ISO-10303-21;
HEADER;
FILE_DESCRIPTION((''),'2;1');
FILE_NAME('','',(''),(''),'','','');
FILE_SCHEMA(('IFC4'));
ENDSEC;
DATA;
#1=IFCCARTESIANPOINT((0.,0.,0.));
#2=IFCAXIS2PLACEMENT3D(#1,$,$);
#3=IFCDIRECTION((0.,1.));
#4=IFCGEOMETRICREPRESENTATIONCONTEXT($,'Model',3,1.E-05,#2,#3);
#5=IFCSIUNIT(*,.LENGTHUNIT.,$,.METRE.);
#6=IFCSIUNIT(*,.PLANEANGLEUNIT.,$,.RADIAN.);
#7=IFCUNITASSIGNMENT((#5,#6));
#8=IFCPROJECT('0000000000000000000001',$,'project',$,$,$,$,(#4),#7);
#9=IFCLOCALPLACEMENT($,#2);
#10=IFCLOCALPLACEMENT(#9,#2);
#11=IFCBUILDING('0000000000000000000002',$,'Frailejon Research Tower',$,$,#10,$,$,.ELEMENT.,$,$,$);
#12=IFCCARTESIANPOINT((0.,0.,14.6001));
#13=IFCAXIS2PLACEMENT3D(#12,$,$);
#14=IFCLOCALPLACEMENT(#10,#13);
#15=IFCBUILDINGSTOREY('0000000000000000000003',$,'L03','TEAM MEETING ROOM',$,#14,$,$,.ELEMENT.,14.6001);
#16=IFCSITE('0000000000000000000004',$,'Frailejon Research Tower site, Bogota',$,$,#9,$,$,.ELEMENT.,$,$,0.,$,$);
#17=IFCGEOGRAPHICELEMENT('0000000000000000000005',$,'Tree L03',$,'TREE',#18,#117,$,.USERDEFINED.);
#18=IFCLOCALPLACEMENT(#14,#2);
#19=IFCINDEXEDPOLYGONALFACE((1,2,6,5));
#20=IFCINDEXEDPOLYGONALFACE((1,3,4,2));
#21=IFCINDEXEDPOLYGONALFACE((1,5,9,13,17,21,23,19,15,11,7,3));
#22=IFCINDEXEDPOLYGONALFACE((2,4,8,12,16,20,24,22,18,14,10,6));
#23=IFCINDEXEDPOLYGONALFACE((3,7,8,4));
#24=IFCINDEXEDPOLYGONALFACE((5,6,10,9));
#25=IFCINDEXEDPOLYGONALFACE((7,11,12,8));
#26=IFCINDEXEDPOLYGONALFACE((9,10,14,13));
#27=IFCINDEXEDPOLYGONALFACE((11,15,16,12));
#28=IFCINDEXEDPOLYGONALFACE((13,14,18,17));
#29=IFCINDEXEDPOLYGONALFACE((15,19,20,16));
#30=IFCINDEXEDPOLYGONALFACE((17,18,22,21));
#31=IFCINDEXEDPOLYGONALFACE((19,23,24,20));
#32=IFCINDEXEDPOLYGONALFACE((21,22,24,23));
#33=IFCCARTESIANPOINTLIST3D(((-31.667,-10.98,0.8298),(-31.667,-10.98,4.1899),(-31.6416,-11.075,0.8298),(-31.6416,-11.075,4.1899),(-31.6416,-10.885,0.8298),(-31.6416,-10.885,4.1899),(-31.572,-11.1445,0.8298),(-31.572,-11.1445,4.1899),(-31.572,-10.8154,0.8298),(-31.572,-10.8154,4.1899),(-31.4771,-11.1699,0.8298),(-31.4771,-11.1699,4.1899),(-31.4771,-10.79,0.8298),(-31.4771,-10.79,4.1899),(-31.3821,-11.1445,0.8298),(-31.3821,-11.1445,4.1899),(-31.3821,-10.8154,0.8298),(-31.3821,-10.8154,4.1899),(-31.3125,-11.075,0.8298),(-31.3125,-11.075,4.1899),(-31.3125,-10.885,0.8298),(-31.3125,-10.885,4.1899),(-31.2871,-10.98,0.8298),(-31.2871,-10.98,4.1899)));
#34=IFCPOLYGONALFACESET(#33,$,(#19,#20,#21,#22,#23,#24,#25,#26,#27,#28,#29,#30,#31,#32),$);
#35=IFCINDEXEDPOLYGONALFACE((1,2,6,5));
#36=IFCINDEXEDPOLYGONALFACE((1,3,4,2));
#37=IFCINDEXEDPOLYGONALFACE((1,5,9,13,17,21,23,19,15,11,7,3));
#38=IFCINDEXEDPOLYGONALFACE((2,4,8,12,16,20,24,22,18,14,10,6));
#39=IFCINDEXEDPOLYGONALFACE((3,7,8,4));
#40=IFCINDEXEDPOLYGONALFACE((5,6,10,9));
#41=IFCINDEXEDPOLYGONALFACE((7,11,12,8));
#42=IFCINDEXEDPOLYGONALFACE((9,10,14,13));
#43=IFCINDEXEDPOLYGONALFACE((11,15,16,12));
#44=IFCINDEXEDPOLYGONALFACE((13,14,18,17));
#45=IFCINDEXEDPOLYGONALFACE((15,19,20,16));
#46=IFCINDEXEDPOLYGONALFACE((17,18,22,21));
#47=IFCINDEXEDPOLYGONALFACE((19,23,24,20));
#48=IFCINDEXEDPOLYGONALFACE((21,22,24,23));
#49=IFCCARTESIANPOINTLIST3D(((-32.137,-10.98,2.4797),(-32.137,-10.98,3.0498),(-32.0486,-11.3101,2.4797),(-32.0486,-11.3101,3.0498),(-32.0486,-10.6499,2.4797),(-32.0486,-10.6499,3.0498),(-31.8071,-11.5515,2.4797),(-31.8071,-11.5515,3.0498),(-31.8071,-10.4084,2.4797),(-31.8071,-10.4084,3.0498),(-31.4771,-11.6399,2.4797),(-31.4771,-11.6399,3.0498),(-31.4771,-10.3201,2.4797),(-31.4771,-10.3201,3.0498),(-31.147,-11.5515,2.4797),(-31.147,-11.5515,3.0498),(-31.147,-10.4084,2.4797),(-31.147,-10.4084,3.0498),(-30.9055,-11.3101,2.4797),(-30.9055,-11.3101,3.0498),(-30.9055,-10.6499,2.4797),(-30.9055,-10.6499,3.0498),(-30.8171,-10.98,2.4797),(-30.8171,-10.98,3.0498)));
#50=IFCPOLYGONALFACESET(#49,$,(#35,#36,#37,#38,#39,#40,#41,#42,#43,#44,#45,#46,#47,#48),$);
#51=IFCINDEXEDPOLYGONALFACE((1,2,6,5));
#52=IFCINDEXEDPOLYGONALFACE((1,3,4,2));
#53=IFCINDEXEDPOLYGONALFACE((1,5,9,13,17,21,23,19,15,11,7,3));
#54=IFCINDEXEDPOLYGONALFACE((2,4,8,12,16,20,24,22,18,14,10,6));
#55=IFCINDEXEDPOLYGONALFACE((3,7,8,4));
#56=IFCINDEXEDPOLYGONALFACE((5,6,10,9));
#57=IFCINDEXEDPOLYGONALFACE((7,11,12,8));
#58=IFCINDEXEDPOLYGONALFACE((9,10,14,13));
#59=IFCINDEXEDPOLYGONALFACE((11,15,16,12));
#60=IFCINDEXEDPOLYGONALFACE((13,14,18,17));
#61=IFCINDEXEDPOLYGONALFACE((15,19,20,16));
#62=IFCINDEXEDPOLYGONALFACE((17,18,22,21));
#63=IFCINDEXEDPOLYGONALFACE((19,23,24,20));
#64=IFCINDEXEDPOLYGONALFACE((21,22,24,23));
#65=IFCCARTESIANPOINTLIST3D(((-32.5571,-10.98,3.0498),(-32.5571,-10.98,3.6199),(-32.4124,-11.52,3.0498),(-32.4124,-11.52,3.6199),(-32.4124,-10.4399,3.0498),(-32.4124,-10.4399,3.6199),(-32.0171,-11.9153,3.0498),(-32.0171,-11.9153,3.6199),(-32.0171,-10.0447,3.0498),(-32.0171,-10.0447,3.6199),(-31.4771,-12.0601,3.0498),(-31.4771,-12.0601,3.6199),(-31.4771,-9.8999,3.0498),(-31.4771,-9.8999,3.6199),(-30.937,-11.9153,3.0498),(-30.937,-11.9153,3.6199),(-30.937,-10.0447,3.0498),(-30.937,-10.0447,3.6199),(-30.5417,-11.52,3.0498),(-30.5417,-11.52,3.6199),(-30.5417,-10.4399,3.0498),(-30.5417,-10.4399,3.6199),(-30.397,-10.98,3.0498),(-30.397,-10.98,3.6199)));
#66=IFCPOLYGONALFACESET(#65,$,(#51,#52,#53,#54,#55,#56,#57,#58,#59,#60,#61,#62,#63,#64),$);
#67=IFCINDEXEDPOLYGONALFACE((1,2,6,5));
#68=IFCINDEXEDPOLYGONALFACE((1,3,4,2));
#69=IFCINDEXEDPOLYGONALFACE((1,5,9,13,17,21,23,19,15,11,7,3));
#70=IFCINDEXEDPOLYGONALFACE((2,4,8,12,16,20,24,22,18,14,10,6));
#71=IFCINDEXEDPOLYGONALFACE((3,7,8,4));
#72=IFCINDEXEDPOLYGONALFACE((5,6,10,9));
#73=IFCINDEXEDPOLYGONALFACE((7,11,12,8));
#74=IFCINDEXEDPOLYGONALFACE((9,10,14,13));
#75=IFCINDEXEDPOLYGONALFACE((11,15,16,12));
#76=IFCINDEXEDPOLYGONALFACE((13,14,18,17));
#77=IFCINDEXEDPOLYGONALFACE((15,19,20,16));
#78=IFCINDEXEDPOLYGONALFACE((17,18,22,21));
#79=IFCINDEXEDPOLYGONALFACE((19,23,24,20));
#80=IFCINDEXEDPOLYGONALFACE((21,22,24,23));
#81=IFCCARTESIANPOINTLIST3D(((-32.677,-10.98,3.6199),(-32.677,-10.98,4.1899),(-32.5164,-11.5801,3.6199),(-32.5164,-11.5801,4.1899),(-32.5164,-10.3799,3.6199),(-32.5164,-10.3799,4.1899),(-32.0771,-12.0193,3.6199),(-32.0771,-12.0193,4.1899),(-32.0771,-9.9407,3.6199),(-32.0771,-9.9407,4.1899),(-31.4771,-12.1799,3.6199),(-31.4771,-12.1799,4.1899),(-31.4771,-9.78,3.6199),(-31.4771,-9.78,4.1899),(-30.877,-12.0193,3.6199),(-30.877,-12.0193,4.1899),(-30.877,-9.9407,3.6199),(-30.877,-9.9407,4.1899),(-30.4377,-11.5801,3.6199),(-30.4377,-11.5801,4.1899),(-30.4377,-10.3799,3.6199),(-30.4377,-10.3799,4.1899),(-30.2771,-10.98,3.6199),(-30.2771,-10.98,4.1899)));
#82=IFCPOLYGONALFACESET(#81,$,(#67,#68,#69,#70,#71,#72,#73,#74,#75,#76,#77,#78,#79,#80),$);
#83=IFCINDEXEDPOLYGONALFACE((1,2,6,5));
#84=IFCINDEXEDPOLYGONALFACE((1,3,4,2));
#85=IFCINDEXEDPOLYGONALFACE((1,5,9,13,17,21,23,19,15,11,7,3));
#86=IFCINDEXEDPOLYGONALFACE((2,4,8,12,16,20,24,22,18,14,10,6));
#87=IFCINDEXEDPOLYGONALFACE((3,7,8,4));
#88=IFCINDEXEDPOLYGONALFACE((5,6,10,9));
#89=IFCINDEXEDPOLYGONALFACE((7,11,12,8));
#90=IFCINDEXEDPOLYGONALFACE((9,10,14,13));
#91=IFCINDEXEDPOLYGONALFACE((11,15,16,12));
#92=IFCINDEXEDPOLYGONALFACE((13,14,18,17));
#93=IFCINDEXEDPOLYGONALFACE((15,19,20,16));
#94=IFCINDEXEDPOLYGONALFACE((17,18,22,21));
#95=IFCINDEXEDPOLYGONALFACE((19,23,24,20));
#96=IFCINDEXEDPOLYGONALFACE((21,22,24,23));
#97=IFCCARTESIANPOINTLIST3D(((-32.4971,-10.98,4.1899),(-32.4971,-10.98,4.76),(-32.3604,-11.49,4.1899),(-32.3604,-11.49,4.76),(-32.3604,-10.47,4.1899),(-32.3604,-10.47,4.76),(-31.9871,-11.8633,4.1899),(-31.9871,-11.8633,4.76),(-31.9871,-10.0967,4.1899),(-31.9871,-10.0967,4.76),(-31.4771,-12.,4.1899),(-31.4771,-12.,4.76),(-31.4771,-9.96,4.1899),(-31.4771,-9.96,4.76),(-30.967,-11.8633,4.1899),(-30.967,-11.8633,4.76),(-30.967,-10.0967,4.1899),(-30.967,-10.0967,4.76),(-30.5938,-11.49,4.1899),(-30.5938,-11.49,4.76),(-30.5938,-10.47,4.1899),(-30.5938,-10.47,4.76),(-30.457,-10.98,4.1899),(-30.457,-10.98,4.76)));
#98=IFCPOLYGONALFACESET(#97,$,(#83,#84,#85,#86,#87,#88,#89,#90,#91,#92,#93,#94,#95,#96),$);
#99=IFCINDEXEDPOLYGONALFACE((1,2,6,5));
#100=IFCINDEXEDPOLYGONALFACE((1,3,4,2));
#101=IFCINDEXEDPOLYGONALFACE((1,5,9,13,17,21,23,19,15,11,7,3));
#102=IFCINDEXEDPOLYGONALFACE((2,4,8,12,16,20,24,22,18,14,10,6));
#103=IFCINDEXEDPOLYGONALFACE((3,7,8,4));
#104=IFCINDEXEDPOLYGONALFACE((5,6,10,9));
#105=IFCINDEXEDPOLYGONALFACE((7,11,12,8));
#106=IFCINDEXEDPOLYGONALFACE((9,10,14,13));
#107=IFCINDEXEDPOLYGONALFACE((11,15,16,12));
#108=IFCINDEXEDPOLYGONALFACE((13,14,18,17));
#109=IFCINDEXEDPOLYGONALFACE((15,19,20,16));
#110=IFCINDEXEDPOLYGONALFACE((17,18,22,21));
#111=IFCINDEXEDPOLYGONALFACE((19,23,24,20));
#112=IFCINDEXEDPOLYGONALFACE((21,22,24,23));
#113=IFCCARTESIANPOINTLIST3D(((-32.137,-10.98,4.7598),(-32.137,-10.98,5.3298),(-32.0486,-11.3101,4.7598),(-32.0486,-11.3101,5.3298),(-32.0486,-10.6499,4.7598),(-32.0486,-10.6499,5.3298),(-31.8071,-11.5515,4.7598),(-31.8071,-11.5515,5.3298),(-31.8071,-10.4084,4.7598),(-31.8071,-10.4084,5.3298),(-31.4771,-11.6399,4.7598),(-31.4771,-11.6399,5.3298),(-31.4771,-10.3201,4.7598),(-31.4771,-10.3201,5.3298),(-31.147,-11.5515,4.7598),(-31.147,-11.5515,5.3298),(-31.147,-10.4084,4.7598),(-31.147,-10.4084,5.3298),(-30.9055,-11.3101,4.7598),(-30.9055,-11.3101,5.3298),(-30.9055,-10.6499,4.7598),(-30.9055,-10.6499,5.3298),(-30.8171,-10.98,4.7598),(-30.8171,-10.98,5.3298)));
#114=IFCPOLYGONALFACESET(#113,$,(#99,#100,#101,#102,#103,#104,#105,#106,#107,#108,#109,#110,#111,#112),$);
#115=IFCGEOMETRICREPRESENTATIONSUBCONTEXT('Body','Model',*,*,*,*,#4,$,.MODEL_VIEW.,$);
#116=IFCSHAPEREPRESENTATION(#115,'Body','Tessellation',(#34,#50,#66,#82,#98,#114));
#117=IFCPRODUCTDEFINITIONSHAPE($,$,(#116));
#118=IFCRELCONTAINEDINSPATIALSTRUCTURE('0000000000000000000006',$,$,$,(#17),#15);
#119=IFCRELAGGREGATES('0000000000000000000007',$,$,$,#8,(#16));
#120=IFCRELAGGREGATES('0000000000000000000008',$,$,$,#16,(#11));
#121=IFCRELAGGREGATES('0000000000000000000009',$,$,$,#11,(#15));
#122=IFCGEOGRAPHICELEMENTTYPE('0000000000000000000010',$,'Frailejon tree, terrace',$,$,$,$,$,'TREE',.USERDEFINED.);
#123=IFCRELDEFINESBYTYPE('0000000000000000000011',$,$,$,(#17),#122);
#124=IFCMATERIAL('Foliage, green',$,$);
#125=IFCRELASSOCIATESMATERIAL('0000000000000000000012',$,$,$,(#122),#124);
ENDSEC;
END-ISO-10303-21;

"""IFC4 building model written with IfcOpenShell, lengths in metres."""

from ifc_helpers import new_model, si_unit, direction, frame, origin, place, context, subcontext, project, spatial, polyline, outline, extrude, material, type_object, element, save


model = new_model("IFC4")

# Units and contexts
model_context = context("Model", 3, precision=1e-05, world=origin(), true_north=direction((0.0, 1.0)))
body_context = subcontext(model_context, "Body", "Model", "MODEL_VIEW")
ifc_project = project(units=[si_unit("LENGTHUNIT", "METRE"), si_unit("PLANEANGLEUNIT", "RADIAN")], contexts=[model_context])

# Site, building, storey
site_placement = place(None, origin())
site = spatial("IfcSite", under=ifc_project, at=site_placement, Name="Frailejon Research Tower site, Bogota", CompositionType="ELEMENT", RefElevation=0.0)
building_placement = place(site_placement, origin())
building = spatial("IfcBuilding", under=site, at=building_placement, Name="Frailejon Research Tower", CompositionType="ELEMENT")
storey_placement = place(building_placement, frame((0.0, 0.0, 14.6001)))
storey = spatial("IfcBuildingStorey", under=building, at=storey_placement, Name="L03", Description="TEAM MEETING ROOM", CompositionType="ELEMENT", Elevation=14.6001)

# Geographic element
ifc_material_1 = material(Name="Foliage, green")
geographic_element_type = type_object("IfcGeographicElementType", Name="Frailejon tree, terrace", ElementType="TREE", PredefinedType="USERDEFINED", material=ifc_material_1)
geographic_element_1_placement = place(storey_placement, frame((-31.4771, -10.98, 0.8298)))
element("IfcGeographicElement", 1, at=geographic_element_1_placement, inside=storey, type_object=geographic_element_type, Name="Tree L03", ObjectType="TREE", PredefinedType="USERDEFINED", context=body_context, shape_type="SweptSolid", body=[
    extrude(outline(polyline([(0.1899, 0.0), (0.1646, 0.095), (0.095, 0.1646), (0.0, 0.1899), (-0.095, 0.1646), (-0.1646, 0.095), (-0.1899, 0.0), (-0.1646, -0.095), (-0.095, -0.1646), (0.0, -0.1899), (0.095, -0.1646), (0.1646, -0.095), (0.1899, 0.0)])), origin(), (0.0, 0.0, 1.0), 3.3601),
    extrude(outline(polyline([(0.6599, 0.0), (0.5715, 0.3301), (0.3301, 0.5715), (0.0, 0.6599), (-0.3301, 0.5715), (-0.5715, 0.3301), (-0.6599, 0.0), (-0.5715, -0.3301), (-0.3301, -0.5715), (0.0, -0.6599), (0.3301, -0.5715), (0.5715, -0.3301), (0.6599, 0.0)])), frame((0.0, 0.0, 1.6499)), (0.0, 0.0, 1.0), 0.5701),
    extrude(outline(polyline([(1.0801, 0.0), (0.9353, 0.54), (0.54, 0.9353), (0.0, 1.0801), (-0.54, 0.9353), (-0.9353, 0.54), (-1.0801, 0.0), (-0.9353, -0.54), (-0.54, -0.9353), (0.0, -1.0801), (0.54, -0.9353), (0.9353, -0.54), (1.0801, 0.0)])), frame((0.0, 0.0, 2.22)), (0.0, 0.0, 1.0), 0.5701),
    extrude(outline(polyline([(1.2, 0.0), (1.0393, 0.6001), (0.6001, 1.0393), (0.0, 1.2), (-0.6001, 1.0393), (-1.0393, 0.6001), (-1.2, 0.0), (-1.0393, -0.6001), (-0.6001, -1.0393), (0.0, -1.2), (0.6001, -1.0393), (1.0393, -0.6001), (1.2, 0.0)])), frame((0.0, 0.0, 2.79)), (0.0, 0.0, 1.0), 0.5701),
    extrude(outline(polyline([(1.02, 0.0), (0.8833, 0.51), (0.51, 0.8833), (0.0, 1.02), (-0.51, 0.8833), (-0.8833, 0.51), (-1.02, 0.0), (-0.8833, -0.51), (-0.51, -0.8833), (0.0, -1.02), (0.51, -0.8833), (0.8833, -0.51), (1.02, 0.0)])), frame((0.0, 0.0, 3.3601)), (0.0, 0.0, 1.0), 0.5701),
    extrude(outline(polyline([(0.6599, 0.0), (0.5715, 0.3301), (0.3301, 0.5715), (0.0, 0.6599), (-0.3301, 0.5715), (-0.5715, 0.3301), (-0.6599, 0.0), (-0.5715, -0.3301), (-0.3301, -0.5715), (0.0, -0.6599), (0.3301, -0.5715), (0.5715, -0.3301), (0.6599, 0.0)])), frame((0.0, 0.0, 3.9299)), (0.0, 0.0, 1.0), 0.5701),
])

save(model, "model.ifc")
